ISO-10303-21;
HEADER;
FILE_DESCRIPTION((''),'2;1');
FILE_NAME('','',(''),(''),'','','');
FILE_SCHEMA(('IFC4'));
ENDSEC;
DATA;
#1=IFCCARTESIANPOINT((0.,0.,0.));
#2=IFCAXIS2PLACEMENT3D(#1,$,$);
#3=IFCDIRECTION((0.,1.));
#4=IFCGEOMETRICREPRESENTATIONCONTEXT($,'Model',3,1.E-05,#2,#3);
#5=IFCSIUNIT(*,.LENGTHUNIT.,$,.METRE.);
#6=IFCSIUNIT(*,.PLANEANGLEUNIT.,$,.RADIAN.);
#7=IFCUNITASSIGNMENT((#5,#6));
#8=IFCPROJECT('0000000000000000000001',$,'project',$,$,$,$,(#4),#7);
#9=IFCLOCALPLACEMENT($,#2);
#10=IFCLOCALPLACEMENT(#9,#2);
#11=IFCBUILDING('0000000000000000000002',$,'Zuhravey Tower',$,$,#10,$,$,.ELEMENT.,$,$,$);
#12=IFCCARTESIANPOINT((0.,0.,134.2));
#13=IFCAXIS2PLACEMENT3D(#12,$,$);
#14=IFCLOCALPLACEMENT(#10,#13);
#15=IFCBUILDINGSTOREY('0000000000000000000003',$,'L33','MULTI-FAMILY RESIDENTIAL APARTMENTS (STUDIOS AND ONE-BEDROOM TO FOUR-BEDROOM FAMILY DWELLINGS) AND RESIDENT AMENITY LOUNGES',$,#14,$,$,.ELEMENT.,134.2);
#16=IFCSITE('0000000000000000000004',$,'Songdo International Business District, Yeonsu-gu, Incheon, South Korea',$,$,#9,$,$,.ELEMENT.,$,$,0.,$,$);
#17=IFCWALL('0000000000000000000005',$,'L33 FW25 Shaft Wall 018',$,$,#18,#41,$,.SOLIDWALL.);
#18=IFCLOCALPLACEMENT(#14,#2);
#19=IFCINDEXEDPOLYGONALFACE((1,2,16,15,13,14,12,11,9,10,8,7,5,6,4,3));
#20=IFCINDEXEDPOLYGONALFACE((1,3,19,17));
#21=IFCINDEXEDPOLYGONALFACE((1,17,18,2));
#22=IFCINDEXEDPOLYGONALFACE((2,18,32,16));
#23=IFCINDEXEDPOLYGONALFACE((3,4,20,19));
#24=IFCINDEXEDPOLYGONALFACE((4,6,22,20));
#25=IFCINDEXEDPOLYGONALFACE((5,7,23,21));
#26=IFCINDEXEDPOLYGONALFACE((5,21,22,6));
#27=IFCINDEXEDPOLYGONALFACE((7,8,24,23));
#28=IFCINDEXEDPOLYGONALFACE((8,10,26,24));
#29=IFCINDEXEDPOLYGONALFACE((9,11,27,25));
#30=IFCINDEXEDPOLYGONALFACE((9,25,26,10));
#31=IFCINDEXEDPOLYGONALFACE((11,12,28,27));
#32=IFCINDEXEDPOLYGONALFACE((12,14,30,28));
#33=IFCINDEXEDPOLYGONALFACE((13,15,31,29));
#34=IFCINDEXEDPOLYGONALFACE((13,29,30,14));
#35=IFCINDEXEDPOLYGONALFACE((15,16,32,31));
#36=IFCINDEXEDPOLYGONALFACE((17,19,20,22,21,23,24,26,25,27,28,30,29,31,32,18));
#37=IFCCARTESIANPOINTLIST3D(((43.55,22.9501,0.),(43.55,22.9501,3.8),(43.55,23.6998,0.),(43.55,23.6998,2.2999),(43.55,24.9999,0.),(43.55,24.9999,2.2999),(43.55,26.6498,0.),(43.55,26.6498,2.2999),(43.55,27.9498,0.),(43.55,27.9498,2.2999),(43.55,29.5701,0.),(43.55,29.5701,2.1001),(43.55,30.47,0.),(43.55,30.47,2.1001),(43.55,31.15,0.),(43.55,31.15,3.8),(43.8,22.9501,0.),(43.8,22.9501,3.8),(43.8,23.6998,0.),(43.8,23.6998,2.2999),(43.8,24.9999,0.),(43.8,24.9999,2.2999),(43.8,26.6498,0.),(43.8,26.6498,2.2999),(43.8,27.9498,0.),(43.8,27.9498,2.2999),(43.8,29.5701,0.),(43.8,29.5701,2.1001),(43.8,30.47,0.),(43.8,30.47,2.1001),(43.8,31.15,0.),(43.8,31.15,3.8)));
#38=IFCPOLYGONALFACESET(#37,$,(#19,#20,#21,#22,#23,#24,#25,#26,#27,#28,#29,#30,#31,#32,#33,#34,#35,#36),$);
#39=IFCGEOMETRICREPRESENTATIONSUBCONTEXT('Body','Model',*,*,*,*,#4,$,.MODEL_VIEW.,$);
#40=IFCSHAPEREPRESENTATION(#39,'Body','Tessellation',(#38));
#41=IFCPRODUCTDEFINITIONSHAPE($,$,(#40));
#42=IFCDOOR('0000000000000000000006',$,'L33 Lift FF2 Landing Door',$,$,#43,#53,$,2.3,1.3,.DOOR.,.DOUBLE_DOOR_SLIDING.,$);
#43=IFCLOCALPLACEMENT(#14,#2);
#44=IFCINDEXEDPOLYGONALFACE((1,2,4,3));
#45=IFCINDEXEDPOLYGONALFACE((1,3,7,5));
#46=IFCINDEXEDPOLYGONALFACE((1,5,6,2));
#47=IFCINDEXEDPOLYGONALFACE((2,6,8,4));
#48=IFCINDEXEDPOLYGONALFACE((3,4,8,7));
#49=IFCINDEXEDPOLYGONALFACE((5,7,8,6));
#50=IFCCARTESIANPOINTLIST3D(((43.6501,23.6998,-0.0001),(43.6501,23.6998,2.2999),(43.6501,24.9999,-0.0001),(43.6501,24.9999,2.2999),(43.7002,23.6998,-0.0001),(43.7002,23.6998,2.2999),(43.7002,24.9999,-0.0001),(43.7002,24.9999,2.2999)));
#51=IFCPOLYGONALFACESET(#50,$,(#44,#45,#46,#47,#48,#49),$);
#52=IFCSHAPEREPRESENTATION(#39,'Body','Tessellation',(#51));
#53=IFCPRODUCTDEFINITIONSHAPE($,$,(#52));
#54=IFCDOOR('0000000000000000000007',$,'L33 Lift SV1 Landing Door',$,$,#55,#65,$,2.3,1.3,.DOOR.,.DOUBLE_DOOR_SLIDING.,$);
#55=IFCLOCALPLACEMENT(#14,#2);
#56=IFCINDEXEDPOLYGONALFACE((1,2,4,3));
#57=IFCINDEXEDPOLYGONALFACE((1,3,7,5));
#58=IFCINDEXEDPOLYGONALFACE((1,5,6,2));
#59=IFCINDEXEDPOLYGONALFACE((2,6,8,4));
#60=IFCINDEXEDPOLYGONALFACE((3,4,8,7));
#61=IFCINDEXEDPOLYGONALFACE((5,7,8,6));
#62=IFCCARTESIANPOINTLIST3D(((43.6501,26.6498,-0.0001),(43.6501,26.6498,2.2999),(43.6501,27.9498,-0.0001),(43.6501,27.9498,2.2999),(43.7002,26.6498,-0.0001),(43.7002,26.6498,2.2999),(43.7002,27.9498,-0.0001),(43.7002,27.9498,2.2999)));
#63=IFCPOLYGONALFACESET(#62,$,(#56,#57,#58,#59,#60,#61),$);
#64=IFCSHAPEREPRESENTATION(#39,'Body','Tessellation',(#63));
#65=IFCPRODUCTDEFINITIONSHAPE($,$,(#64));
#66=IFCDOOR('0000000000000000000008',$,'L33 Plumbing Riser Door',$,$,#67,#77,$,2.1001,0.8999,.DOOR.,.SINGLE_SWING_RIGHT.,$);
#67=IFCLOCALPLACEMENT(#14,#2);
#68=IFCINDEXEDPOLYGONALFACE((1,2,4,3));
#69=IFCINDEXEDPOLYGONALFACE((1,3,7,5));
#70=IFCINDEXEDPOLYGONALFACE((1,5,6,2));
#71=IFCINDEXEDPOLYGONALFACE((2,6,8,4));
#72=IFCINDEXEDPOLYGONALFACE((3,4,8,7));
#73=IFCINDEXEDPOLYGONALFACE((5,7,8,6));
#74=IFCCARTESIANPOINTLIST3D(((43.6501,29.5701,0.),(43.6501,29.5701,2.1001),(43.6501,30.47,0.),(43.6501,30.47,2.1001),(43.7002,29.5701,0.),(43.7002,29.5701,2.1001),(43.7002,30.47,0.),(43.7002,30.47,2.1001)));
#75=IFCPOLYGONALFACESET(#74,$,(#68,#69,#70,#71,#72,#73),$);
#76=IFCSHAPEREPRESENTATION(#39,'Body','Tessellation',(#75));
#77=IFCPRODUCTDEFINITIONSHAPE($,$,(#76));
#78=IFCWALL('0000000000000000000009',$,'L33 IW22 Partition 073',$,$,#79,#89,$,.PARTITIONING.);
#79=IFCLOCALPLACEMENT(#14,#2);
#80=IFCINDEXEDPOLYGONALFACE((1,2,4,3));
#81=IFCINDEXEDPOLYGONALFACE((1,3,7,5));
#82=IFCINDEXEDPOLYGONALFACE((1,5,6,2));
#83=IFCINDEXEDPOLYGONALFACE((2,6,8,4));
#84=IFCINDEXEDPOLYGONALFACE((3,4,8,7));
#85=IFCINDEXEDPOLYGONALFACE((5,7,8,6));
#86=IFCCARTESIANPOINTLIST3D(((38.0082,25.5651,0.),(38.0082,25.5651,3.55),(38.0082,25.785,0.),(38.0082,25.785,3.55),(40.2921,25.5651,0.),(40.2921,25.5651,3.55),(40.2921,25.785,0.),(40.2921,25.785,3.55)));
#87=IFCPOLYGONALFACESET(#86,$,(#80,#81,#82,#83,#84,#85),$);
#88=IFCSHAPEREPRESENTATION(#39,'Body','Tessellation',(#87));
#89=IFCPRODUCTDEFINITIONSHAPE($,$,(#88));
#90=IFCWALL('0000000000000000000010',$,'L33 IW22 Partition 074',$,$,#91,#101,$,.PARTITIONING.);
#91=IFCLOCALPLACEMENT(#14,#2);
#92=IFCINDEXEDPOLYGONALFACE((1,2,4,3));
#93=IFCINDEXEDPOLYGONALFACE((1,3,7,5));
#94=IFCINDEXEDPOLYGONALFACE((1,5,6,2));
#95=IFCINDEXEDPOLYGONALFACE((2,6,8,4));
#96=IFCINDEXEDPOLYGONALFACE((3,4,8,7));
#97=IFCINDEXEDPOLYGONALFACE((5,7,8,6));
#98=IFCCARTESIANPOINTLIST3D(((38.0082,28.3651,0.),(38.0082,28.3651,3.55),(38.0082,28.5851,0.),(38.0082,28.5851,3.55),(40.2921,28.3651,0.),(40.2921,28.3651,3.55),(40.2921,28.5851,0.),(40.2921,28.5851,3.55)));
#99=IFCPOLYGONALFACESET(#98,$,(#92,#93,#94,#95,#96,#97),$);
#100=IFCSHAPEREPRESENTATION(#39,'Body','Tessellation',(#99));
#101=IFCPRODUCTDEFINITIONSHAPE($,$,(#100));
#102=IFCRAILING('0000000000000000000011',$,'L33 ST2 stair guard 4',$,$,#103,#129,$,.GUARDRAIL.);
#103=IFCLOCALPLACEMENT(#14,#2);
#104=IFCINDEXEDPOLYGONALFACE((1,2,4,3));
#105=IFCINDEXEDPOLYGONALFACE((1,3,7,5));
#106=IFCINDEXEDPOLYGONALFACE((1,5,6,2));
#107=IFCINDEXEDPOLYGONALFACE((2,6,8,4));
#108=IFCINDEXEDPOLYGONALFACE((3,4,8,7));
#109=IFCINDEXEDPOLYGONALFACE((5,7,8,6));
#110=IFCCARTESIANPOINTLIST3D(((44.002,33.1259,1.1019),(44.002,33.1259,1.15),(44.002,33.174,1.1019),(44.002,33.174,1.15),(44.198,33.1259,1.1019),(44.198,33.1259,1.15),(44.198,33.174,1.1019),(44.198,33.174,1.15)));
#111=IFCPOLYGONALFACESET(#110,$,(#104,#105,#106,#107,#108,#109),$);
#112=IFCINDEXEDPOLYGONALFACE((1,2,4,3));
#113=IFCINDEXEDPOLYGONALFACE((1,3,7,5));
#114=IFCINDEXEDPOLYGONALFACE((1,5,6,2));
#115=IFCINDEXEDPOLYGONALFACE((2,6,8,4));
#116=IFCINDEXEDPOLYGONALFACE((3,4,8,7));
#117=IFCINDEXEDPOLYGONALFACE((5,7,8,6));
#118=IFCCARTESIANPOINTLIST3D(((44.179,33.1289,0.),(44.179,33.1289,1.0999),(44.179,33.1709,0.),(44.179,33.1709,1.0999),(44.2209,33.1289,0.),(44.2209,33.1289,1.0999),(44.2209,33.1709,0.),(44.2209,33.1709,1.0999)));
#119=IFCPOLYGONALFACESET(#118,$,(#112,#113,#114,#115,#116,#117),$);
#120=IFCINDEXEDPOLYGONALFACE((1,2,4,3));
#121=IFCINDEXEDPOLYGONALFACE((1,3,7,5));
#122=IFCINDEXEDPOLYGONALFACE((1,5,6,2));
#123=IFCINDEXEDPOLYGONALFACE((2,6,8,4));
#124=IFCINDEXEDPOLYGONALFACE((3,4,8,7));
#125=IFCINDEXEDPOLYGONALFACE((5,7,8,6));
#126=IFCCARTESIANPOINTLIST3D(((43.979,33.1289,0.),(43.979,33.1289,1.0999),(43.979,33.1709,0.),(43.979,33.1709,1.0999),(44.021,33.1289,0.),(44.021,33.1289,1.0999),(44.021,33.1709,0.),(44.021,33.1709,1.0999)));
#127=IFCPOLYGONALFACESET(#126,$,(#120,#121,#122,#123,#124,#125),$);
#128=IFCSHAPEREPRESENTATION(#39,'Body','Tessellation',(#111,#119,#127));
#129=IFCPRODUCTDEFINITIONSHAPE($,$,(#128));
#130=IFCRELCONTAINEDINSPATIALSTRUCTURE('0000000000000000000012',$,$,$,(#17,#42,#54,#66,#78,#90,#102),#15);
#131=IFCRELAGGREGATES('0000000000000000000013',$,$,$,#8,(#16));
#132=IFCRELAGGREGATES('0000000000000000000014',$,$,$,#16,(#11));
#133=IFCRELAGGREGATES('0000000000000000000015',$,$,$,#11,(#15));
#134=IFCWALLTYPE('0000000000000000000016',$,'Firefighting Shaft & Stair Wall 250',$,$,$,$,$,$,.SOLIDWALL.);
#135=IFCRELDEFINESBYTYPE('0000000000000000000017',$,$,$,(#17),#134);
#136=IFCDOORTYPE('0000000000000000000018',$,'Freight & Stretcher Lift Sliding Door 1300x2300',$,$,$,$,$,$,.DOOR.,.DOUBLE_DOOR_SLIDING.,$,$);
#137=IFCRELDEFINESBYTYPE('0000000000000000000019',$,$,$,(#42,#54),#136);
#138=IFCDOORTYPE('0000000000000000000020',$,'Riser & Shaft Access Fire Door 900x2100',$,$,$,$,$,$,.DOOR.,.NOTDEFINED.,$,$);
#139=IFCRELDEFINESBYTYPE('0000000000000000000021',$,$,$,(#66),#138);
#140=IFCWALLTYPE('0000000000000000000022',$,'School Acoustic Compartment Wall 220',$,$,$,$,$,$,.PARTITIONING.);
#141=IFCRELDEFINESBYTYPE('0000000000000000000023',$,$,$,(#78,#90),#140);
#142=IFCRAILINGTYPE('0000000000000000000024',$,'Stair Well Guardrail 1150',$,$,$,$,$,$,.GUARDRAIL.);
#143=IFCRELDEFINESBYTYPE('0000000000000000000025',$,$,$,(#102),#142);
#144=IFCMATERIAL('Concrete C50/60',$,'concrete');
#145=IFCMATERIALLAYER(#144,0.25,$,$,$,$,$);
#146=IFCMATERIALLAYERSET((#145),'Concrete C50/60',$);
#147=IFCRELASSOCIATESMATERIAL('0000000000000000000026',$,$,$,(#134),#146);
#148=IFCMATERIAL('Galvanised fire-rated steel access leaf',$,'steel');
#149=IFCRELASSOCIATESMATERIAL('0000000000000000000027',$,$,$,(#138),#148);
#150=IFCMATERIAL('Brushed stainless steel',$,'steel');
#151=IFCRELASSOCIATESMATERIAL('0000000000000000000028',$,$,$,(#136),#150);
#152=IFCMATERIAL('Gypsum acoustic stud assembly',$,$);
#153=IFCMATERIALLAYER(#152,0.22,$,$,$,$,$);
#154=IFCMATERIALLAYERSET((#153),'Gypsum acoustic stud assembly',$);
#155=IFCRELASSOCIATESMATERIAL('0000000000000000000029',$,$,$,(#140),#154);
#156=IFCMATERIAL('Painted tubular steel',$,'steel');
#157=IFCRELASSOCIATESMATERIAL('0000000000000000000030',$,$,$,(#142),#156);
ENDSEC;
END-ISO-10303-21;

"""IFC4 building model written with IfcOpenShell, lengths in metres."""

from ifc_helpers import new_model, si_unit, direction, frame, frame_2d, origin, origin_2d, place, context, subcontext, project, spatial, rectangle, extrude, material, layer, layer_set, type_object, element, fill, save


model = new_model("IFC4")

# Units and contexts
model_context = context("Model", 3, precision=1e-05, world=origin(), true_north=direction((0.0, 1.0)))
body_context = subcontext(model_context, "Body", "Model", "MODEL_VIEW")
ifc_project = project(units=[si_unit("LENGTHUNIT", "METRE"), si_unit("PLANEANGLEUNIT", "RADIAN")], contexts=[model_context])

# Site, building, storey
site_placement = place(None, origin())
site = spatial("IfcSite", under=ifc_project, at=site_placement, Name="Songdo International Business District, Yeonsu-gu, Incheon, South Korea", CompositionType="ELEMENT", RefElevation=0.0)
building_placement = place(site_placement, origin())
building = spatial("IfcBuilding", under=site, at=building_placement, Name="Zuhravey Tower", CompositionType="ELEMENT")
storey_placement = place(building_placement, frame((0.0, 0.0, 134.2)))
storey = spatial("IfcBuildingStorey", under=building, at=storey_placement, Name="L33", Description="MULTI-FAMILY RESIDENTIAL APARTMENTS (STUDIOS AND ONE-BEDROOM TO FOUR-BEDROOM FAMILY DWELLINGS) AND RESIDENT AMENITY LOUNGES", CompositionType="ELEMENT", Elevation=134.2)

# Shared definitions
ifc_material_1 = material(Name="Concrete C50/60", Category="concrete")
ifc_layer_1 = layer(ifc_material_1, 0.25)
ifc_layer_set_1 = layer_set([ifc_layer_1], Name="Concrete C50/60")
wall_type_1 = type_object("IfcWallType", Name="Firefighting Shaft & Stair Wall 250", PredefinedType="SOLIDWALL", material=ifc_layer_set_1)

# Shared definitions
ifc_material_2 = material(Name="Galvanised fire-rated steel access leaf", Category="steel")
door_type_1 = type_object("IfcDoorType", Name="Riser & Shaft Access Fire Door 900x2100", OperationType="NOTDEFINED", PredefinedType="DOOR", material=ifc_material_2)

# Wall, openings, doors
wall_1_placement = place(storey_placement, frame((43.675, 22.95, 0.0), z_axis=(0.0, 0.0, 1.0), x_axis=(0.0, 1.0, 0.0)))
wall_1 = element("IfcWall", 1, at=wall_1_placement, inside=storey, type_object=wall_type_1, Name="L33 FW25 Shaft Wall 018", PredefinedType="SOLIDWALL", context=body_context, shape_type="SweptSolid", body=[
    extrude(rectangle(XDim=8.2, YDim=0.25, at=frame_2d((4.1001, 0.0))), origin(), (0.0, 0.0, 1.0), 3.8),
])
opening_1_placement = place(wall_1_placement, frame((0.75, 0.0, 0.0)))
opening_1 = element("IfcOpeningElement", 2, at=opening_1_placement, cuts=wall_1, PredefinedType="OPENING", context=body_context, shape_type="SweptSolid", body=[
    extrude(rectangle(XDim=1.3, YDim=2.3, at=frame_2d((0.6499, 1.1499))), frame((0.0, 0.137, 0.0), z_axis=(0.0, -1.0, 0.0), x_axis=(1.0, 0.0, 0.0)), (0.0, 0.0, 1.0), 0.2739),
])
opening_2_placement = place(wall_1_placement, frame((3.7, 0.0, 0.0)))
opening_2 = element("IfcOpeningElement", 3, at=opening_2_placement, cuts=wall_1, PredefinedType="OPENING", context=body_context, shape_type="SweptSolid", body=[
    extrude(rectangle(XDim=1.3, YDim=2.3, at=frame_2d((0.6499, 1.1499))), frame((0.0, 0.137, 0.0), z_axis=(0.0, -1.0, 0.0), x_axis=(1.0, 0.0, 0.0)), (0.0, 0.0, 1.0), 0.2739),
])
opening_3_placement = place(wall_1_placement, frame((6.6201, 0.0, 0.0)))
opening_3 = element("IfcOpeningElement", 4, at=opening_3_placement, cuts=wall_1, PredefinedType="OPENING", context=body_context, shape_type="SweptSolid", body=[
    extrude(rectangle(XDim=0.8999, YDim=2.1001, at=frame_2d((0.45, 1.05))), frame((0.0, 0.137, 0.0), z_axis=(0.0, -1.0, 0.0), x_axis=(1.0, 0.0, 0.0)), (0.0, 0.0, 1.0), 0.2739),
])
ifc_material_3 = material(Name="Brushed stainless steel", Category="steel")
door_type_2 = type_object("IfcDoorType", Name="Freight & Stretcher Lift Sliding Door 1300x2300", OperationType="DOUBLE_DOOR_SLIDING", PredefinedType="DOOR", material=ifc_material_3)
door_1_placement = place(opening_1_placement, origin())
door_1 = element("IfcDoor", 5, at=door_1_placement, inside=storey, type_object=door_type_2, Name="L33 Lift FF2 Landing Door", OperationType="DOUBLE_DOOR_SLIDING", OverallHeight=2.3, OverallWidth=1.3, PredefinedType="DOOR", context=body_context, shape_type="SweptSolid", body=[
    extrude(rectangle(XDim=1.3, YDim=2.3, at=frame_2d((0.6499, 1.1499))), frame((0.0, 0.0249, 0.0), z_axis=(0.0, -1.0, 0.0), x_axis=(1.0, 0.0, 0.0)), (0.0, 0.0, 1.0), 0.05),
])
fill(opening_1, door_1)
door_2_placement = place(opening_2_placement, origin())
door_2 = element("IfcDoor", 6, at=door_2_placement, inside=storey, type_object=door_type_2, Name="L33 Lift SV1 Landing Door", OperationType="DOUBLE_DOOR_SLIDING", OverallHeight=2.3, OverallWidth=1.3, PredefinedType="DOOR", context=body_context, shape_type="SweptSolid", body=[
    extrude(rectangle(XDim=1.3, YDim=2.3, at=frame_2d((0.6499, 1.1499))), frame((0.0, 0.0249, 0.0), z_axis=(0.0, -1.0, 0.0), x_axis=(1.0, 0.0, 0.0)), (0.0, 0.0, 1.0), 0.05),
])
fill(opening_2, door_2)
door_3_placement = place(opening_3_placement, origin())
door_3 = element("IfcDoor", 7, at=door_3_placement, inside=storey, type_object=door_type_1, Name="L33 Plumbing Riser Door", OperationType="SINGLE_SWING_RIGHT", OverallHeight=2.1001, OverallWidth=0.8999, PredefinedType="DOOR", context=body_context, shape_type="SweptSolid", body=[
    extrude(rectangle(XDim=0.8999, YDim=2.1001, at=frame_2d((0.45, 1.05))), frame((0.0, 0.0249, 0.0), z_axis=(0.0, -1.0, 0.0), x_axis=(1.0, 0.0, 0.0)), (0.0, 0.0, 1.0), 0.05),
])
fill(opening_3, door_3)

# Walls
ifc_material_4 = material(Name="Gypsum acoustic stud assembly")
ifc_layer_2 = layer(ifc_material_4, 0.22)
ifc_layer_set_2 = layer_set([ifc_layer_2], Name="Gypsum acoustic stud assembly")
wall_type_2 = type_object("IfcWallType", Name="School Acoustic Compartment Wall 220", PredefinedType="PARTITIONING", material=ifc_layer_set_2)
for number, where, z_axis, x_axis, name in (
    (8, (38.0081, 25.675, 0.0), (0.0, 0.0, 1.0), (1.0, 0.0, 0.0), "L33 IW22 Partition 073"),
    (9, (38.0081, 28.4751, 0.0), (0.0, 0.0, 1.0), (1.0, 0.0, 0.0), "L33 IW22 Partition 074"),
):
    element("IfcWall", number, at=place(storey_placement, frame(where, z_axis=z_axis, x_axis=x_axis)), inside=storey, type_object=wall_type_2, Name=name, PredefinedType="PARTITIONING", context=body_context, shape_type="SweptSolid", body=[
        extrude(rectangle(XDim=2.2839, YDim=0.22, at=frame_2d((1.1421, 0.0))), origin(), (0.0, 0.0, 1.0), 3.55),
    ])

# Railing
ifc_material_5 = material(Name="Painted tubular steel", Category="steel")
railing_type = type_object("IfcRailingType", Name="Stair Well Guardrail 1150", PredefinedType="GUARDRAIL", material=ifc_material_5)
railing_placement = place(storey_placement, frame((44.2, 33.1499, 0.0)))
element("IfcRailing", 10, at=railing_placement, inside=storey, type_object=railing_type, Name="L33 ST2 stair guard 4", PredefinedType="GUARDRAIL", context=body_context, shape_type="SweptSolid", body=[
    extrude(rectangle(XDim=0.0481, YDim=0.0481, at=origin_2d()), frame((-0.002, 0.0, 1.126), z_axis=(-1.0, 0.0, 0.0), x_axis=(0.0, -1.0, 0.0)), (0.0, 0.0, 1.0), 0.196),
    extrude(rectangle(XDim=0.042, YDim=0.042, at=origin_2d()), origin(), (0.0, 0.0, 1.0), 1.0999),
    extrude(rectangle(XDim=0.042, YDim=0.042, at=origin_2d()), frame((-0.2, 0.0, 0.0)), (0.0, 0.0, 1.0), 1.0999),
])

save(model, "model.ifc")
